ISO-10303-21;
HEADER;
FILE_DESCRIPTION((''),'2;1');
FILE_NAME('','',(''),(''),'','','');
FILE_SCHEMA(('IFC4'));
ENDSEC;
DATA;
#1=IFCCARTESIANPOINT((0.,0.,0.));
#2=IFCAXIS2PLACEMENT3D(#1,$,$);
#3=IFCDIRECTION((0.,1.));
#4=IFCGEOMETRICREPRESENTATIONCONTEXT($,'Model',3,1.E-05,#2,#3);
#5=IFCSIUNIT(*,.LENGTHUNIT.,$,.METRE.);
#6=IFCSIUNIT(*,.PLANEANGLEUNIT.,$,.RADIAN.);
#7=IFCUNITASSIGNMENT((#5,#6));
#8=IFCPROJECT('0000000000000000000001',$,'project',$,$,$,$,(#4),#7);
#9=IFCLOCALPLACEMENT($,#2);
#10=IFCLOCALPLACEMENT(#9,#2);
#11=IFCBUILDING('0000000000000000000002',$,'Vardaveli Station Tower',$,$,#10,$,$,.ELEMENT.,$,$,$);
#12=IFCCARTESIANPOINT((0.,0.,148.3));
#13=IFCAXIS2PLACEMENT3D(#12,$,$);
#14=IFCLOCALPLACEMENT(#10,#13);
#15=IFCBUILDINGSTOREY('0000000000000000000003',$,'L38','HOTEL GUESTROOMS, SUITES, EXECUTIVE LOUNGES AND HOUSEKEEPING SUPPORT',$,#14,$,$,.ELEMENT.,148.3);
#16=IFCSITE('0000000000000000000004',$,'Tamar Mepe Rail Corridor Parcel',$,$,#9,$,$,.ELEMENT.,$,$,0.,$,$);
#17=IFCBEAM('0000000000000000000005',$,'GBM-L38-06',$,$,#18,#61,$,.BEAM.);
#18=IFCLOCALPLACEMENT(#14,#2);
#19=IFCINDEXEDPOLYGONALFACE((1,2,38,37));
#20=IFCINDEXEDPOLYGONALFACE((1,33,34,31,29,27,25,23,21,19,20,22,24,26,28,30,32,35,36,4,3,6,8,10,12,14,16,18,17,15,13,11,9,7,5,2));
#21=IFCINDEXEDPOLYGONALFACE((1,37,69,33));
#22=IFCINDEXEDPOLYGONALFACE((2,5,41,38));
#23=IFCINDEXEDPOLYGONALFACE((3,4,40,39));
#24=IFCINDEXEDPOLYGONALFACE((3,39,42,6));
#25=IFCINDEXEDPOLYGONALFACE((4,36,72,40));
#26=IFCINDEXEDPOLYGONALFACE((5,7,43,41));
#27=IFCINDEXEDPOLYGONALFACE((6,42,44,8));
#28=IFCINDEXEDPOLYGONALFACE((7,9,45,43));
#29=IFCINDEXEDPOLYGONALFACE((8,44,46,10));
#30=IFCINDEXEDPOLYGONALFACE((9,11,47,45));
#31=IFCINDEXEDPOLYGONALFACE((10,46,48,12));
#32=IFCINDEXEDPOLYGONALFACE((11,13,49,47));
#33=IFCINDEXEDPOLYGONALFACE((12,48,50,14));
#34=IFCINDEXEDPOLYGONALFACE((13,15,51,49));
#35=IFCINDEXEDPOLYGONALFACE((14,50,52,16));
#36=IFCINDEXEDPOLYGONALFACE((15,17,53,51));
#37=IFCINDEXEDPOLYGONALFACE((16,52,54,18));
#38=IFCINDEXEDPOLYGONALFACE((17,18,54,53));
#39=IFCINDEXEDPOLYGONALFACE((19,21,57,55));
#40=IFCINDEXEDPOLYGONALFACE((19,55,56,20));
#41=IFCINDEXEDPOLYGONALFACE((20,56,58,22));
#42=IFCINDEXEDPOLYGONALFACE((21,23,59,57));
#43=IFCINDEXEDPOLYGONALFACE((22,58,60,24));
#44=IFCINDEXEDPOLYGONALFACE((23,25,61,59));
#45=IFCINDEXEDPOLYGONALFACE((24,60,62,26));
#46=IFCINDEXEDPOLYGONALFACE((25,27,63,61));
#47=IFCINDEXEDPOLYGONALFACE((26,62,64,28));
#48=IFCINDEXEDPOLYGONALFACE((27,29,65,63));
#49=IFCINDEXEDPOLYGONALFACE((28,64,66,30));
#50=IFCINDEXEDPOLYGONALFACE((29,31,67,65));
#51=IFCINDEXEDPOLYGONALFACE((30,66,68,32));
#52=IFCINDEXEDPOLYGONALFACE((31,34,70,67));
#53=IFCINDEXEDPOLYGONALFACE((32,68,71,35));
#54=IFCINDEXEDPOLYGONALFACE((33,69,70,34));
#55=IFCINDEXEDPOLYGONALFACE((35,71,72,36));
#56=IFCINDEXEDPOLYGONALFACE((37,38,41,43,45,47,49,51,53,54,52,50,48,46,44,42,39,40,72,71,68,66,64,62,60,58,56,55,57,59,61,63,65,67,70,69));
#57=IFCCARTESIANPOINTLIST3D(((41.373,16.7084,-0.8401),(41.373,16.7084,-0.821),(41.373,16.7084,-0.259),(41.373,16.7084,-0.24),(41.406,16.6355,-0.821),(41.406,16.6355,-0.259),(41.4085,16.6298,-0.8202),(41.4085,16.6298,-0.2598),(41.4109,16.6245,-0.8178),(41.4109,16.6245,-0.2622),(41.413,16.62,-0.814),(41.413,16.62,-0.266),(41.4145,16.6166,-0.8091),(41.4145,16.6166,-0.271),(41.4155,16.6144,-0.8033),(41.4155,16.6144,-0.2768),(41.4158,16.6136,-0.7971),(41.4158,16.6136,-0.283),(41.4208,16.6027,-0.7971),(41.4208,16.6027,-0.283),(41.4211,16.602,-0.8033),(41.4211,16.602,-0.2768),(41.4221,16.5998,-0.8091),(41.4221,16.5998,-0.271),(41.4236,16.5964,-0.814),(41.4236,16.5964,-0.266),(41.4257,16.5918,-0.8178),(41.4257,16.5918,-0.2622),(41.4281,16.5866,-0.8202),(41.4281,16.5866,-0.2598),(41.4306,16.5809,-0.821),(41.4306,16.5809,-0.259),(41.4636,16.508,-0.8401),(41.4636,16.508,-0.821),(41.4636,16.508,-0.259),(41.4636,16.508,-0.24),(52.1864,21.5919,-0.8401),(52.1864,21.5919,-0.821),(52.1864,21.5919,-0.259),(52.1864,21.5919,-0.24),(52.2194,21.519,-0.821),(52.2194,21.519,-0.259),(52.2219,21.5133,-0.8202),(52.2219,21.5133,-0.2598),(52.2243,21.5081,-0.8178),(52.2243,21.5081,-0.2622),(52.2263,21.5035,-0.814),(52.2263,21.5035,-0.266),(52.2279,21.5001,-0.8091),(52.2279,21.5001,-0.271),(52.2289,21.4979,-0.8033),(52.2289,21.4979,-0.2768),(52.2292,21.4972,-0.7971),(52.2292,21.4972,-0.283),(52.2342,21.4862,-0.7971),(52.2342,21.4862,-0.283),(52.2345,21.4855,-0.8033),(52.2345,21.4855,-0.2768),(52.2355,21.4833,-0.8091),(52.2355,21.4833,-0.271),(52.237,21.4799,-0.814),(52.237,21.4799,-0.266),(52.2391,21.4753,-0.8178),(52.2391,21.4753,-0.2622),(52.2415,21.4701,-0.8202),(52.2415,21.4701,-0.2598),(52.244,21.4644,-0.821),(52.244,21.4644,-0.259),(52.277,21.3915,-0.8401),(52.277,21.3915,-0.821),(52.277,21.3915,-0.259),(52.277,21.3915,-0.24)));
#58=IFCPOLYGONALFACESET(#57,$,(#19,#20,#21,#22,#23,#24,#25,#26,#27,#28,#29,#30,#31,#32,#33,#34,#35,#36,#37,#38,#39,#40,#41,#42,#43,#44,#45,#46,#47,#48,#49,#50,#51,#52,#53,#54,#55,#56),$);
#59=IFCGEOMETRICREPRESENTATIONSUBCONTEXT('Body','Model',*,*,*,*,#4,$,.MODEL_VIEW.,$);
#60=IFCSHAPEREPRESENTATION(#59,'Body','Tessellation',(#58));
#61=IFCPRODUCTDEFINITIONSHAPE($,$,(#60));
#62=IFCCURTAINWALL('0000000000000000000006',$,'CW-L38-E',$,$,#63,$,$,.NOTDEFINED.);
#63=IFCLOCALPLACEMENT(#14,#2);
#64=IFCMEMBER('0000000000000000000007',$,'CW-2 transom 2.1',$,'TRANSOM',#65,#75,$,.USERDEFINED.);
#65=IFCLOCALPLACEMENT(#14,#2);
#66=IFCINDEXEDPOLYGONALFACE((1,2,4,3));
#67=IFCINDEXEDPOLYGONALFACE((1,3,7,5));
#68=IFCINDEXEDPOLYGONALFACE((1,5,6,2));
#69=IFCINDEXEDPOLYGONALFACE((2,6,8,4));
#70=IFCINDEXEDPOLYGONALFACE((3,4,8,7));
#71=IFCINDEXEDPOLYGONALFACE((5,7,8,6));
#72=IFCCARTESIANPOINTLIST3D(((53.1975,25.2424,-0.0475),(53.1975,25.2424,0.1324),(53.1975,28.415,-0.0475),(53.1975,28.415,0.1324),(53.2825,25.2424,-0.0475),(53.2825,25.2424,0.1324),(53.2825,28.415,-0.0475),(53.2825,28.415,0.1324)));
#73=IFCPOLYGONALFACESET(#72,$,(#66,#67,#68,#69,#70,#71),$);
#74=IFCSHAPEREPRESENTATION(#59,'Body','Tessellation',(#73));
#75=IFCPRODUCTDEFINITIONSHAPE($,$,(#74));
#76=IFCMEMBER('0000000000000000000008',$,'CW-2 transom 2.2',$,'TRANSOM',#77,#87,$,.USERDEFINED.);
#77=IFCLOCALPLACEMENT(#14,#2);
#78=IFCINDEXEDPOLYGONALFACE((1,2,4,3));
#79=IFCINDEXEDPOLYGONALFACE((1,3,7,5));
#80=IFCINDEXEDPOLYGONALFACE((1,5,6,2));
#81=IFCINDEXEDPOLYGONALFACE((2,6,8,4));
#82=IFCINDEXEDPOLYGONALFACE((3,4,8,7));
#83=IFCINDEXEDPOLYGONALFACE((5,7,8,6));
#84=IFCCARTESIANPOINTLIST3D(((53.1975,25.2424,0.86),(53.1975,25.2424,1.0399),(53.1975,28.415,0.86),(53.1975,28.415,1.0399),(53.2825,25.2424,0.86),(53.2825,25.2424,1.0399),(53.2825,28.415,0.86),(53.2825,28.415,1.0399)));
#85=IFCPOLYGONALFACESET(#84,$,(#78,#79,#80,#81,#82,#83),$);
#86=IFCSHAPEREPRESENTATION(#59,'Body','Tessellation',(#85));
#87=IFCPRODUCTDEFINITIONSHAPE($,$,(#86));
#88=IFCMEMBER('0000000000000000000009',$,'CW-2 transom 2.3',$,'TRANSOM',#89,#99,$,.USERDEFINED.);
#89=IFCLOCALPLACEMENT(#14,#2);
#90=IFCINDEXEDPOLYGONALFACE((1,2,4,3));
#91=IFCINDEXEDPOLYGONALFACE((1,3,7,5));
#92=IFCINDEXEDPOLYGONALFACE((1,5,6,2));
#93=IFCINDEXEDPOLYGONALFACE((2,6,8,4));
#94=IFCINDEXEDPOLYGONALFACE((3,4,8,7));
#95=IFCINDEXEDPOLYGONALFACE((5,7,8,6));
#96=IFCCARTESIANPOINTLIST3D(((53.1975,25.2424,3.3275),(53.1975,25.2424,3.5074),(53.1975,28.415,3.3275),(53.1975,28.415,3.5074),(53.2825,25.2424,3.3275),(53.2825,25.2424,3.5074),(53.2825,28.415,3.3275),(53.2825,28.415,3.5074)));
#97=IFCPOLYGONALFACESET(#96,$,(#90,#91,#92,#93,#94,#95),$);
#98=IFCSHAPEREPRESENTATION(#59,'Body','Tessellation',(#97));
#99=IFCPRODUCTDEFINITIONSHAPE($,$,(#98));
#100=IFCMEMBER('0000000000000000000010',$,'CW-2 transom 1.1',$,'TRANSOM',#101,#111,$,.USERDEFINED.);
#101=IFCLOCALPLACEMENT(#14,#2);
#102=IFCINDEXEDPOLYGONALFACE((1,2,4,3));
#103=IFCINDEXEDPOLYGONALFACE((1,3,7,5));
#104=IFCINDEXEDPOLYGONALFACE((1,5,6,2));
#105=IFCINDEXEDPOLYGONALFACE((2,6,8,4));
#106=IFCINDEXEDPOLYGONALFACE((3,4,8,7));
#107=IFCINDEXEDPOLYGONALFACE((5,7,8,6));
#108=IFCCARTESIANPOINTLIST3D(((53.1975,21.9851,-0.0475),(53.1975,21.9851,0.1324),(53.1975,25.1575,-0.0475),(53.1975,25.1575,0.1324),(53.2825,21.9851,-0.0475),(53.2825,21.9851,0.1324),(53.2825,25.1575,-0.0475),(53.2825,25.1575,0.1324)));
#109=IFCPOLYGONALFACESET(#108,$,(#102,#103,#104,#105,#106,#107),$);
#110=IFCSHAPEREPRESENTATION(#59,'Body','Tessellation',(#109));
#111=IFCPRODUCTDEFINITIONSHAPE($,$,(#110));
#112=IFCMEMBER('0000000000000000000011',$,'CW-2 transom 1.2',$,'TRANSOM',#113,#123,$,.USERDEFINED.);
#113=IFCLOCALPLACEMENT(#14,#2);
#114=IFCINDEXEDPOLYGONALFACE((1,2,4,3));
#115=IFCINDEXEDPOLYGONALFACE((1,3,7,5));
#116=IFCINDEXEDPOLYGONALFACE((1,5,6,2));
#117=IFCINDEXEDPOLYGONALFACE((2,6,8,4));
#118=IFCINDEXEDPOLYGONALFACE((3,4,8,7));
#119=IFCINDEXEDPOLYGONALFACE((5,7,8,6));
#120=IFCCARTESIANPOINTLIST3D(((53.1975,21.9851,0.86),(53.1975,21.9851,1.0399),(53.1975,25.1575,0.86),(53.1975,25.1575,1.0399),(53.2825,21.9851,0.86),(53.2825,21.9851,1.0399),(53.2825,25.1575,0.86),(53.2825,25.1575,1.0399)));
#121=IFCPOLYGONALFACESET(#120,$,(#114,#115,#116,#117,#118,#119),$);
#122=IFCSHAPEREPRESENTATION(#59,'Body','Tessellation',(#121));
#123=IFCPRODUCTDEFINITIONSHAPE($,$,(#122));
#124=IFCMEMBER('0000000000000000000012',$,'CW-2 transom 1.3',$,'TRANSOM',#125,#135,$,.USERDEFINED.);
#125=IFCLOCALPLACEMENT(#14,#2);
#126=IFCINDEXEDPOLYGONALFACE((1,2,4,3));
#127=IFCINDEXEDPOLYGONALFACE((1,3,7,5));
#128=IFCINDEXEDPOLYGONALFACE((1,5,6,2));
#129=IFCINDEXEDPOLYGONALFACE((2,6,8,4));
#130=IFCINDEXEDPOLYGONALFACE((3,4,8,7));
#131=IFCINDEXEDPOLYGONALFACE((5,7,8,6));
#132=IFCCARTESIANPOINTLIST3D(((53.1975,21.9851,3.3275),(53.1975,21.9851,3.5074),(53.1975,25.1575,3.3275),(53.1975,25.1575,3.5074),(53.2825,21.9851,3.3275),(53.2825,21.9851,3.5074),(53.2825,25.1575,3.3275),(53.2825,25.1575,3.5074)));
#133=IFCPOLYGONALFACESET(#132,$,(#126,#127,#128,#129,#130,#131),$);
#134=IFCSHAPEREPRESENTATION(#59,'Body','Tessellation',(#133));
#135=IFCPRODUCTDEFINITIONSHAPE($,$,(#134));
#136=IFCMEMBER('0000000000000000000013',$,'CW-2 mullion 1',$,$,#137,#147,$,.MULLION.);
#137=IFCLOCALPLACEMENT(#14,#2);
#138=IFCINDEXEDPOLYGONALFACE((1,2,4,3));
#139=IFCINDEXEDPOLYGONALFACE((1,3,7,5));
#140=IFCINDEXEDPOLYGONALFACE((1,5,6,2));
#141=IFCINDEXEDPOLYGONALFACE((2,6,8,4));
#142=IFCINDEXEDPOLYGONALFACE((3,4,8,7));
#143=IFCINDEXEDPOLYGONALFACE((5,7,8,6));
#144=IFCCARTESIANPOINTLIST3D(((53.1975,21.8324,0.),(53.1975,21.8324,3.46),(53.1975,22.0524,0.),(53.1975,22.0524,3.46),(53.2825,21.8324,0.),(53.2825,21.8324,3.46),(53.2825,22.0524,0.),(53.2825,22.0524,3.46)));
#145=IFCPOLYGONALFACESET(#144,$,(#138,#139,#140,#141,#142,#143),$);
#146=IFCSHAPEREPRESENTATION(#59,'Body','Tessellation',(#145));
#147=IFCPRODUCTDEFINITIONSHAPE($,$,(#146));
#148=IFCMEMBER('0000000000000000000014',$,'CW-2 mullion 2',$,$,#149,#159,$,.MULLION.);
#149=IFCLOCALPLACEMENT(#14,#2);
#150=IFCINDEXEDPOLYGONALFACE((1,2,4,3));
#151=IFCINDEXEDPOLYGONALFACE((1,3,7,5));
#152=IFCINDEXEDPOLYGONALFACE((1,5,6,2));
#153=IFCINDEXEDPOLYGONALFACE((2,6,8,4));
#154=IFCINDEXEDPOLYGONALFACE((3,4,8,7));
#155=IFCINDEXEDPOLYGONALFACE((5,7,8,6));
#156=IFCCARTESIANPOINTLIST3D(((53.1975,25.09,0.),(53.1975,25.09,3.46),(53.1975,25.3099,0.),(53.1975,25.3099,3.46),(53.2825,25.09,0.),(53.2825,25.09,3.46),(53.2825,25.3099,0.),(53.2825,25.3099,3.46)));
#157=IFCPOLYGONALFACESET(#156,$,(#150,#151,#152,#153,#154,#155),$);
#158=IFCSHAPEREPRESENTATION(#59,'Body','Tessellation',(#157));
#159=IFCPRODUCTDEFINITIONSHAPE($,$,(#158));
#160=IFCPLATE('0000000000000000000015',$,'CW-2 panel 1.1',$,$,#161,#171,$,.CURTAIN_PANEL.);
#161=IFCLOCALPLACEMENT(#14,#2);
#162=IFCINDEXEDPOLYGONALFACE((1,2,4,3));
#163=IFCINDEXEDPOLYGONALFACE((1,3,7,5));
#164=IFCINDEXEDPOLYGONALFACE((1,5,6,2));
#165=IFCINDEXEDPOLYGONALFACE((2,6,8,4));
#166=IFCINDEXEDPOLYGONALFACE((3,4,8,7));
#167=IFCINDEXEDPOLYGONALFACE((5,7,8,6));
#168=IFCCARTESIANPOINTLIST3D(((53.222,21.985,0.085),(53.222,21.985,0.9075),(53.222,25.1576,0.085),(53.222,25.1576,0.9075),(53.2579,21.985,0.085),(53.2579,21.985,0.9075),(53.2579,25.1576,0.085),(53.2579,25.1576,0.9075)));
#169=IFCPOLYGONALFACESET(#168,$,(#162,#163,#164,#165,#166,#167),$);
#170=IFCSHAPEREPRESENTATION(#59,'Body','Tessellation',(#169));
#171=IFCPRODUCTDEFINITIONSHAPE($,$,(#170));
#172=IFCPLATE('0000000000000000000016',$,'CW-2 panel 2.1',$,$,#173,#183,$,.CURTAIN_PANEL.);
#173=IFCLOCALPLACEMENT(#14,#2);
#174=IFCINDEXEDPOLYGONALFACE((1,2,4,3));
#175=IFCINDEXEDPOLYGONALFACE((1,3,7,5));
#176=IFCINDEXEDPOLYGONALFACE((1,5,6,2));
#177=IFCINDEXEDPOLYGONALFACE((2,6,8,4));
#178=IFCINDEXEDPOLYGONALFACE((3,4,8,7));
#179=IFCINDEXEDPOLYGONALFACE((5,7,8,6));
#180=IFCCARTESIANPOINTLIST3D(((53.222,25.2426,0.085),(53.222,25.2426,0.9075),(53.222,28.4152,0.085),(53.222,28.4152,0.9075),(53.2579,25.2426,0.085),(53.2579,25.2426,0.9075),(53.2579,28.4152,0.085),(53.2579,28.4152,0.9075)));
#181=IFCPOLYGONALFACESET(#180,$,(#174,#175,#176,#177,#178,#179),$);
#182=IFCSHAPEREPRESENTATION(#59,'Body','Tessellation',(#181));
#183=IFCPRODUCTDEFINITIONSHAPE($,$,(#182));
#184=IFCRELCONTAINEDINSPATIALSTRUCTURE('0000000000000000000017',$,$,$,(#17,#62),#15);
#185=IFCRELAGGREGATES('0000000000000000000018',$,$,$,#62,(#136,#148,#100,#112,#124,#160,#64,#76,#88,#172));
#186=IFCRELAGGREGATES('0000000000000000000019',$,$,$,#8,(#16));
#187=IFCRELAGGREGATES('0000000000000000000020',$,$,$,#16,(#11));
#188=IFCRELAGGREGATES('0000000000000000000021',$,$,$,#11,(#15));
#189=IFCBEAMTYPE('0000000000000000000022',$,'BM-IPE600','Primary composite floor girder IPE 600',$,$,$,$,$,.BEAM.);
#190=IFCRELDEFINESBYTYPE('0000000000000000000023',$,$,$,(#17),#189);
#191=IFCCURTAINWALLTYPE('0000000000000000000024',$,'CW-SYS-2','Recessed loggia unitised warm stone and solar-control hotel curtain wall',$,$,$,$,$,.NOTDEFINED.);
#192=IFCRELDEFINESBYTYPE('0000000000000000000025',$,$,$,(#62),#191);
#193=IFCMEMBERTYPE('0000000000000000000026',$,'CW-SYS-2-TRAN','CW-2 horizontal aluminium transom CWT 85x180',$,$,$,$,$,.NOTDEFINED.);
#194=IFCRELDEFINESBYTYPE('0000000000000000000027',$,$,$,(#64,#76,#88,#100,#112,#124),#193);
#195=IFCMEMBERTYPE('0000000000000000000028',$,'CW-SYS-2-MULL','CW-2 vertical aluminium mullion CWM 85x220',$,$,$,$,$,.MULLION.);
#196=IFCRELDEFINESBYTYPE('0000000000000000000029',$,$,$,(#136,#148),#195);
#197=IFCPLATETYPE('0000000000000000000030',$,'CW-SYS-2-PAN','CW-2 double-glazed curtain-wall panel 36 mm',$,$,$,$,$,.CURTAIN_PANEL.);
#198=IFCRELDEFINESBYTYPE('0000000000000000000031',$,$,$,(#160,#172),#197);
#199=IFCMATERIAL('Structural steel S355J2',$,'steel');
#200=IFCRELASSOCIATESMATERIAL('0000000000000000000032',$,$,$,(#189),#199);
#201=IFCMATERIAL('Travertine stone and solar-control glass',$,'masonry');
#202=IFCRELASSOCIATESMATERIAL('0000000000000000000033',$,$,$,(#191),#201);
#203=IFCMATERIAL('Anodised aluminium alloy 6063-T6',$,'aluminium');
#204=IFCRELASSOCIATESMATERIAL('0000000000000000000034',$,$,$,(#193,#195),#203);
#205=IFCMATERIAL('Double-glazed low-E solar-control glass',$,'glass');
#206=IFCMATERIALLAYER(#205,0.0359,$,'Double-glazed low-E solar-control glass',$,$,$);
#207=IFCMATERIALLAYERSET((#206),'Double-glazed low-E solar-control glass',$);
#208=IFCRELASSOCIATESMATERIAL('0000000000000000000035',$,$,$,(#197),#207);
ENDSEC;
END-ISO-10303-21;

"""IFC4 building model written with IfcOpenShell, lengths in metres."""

from ifc_helpers import new_model, si_unit, direction, frame, origin, origin_2d, place, context, subcontext, project, spatial, rectangle, i_section, extrude, source, transform, mapped, material, layer, layer_set, material_profile, profile_set, type_object, element, aggregate, save


model = new_model("IFC4")

# Units and contexts
model_context = context("Model", 3, precision=1e-05, world=origin(), true_north=direction((0.0, 1.0)))
body_context = subcontext(model_context, "Body", "Model", "MODEL_VIEW")
ifc_project = project(units=[si_unit("LENGTHUNIT", "METRE"), si_unit("PLANEANGLEUNIT", "RADIAN")], contexts=[model_context])

# Site, building, storey
site_placement = place(None, origin())
site = spatial("IfcSite", under=ifc_project, at=site_placement, Name="Tamar Mepe Rail Corridor Parcel", CompositionType="ELEMENT", RefElevation=0.0)
building_placement = place(site_placement, origin())
building = spatial("IfcBuilding", under=site, at=building_placement, Name="Vardaveli Station Tower", CompositionType="ELEMENT")
storey_placement = place(building_placement, frame((0.0, 0.0, 148.3)))
storey = spatial("IfcBuildingStorey", under=building, at=storey_placement, Name="L38", Description="HOTEL GUESTROOMS, SUITES, EXECUTIVE LOUNGES AND HOUSEKEEPING SUPPORT", CompositionType="ELEMENT", Elevation=148.3)

# Beam
ifc_material_1 = material(Name="Structural steel S355J2", Category="steel")
ifc_material_profile_1 = material_profile(ifc_material_1, i_section(OverallWidth=0.22, OverallDepth=0.6001, WebThickness=0.012, FlangeThickness=0.019, FilletRadius=0.0239, at=origin_2d()), Name="IPE 600")
ifc_profile_set_1 = profile_set([ifc_material_profile_1], Name="Structural steel S355J2")
beam_type_1 = type_object("IfcBeamType", Name="BM-IPE600", Description="Primary composite floor girder IPE 600", PredefinedType="BEAM", material=ifc_profile_set_1)
shared_shape_1 = source(origin(), body_context, "Body", "SweptSolid", [
    extrude(i_section(OverallWidth=0.22, OverallDepth=0.6001, WebThickness=0.012, FlangeThickness=0.019, FilletRadius=0.0239, at=origin_2d()), origin(), (0.0, 0.0, 1.0), 11.865),
])
beam_1_placement = place(storey_placement, frame((52.2317, 21.4917, -0.54), z_axis=(-0.911369, -0.411589, 0.0), x_axis=(0.411589, -0.911369, 0.0)))
element("IfcBeam", 1, at=beam_1_placement, inside=storey, type_object=beam_type_1, Name="GBM-L38-06", PredefinedType="BEAM", context=body_context, shape_type="MappedRepresentation", body=[
    mapped(shared_shape_1, transform((0.0, 0.0, 0.0), scale=1.0)),
])

# Curtain wall, members, plates
ifc_material_2 = material(Name="Travertine stone and solar-control glass", Category="masonry")
curtain_wall_type = type_object("IfcCurtainWallType", Name="CW-SYS-2", Description="Recessed loggia unitised warm stone and solar-control hotel curtain wall", PredefinedType="NOTDEFINED", material=ifc_material_2)
curtain_wall_placement = place(storey_placement, origin())
curtain_wall = element("IfcCurtainWall", 2, at=curtain_wall_placement, inside=storey, type_object=curtain_wall_type, Name="CW-L38-E", PredefinedType="NOTDEFINED")
ifc_material_3 = material(Name="Anodised aluminium alloy 6063-T6", Category="aluminium")
ifc_material_profile_2 = material_profile(ifc_material_3, rectangle(XDim=0.085, YDim=0.1799, at=origin_2d()), Name="CWT 85x180")
ifc_profile_set_2 = profile_set([ifc_material_profile_2], Name="Anodised aluminium alloy 6063-T6")
member_type_1 = type_object("IfcMemberType", Name="CW-SYS-2-TRAN", Description="CW-2 horizontal aluminium transom CWT 85x180", PredefinedType="NOTDEFINED", material=ifc_profile_set_2)
shared_shape_2 = source(origin(), body_context, "Body", "SweptSolid", [
    extrude(rectangle(XDim=0.085, YDim=0.1799, at=origin_2d()), origin(), (0.0, 0.0, 1.0), 3.1726),
])
member_1_placement = place(storey_placement, frame((53.24, 25.2424, 0.0425), z_axis=(0.0, 1.0, 0.0), x_axis=(-1.0, 0.0, 0.0)))
member_1 = element("IfcMember", 3, at=member_1_placement, type_object=member_type_1, Name="CW-2 transom 2.1", ObjectType="TRANSOM", PredefinedType="USERDEFINED", context=body_context, shape_type="MappedRepresentation", body=[
    mapped(shared_shape_2, transform((0.0, 0.0, 0.0), scale=1.0)),
])
member_2_placement = place(storey_placement, frame((53.24, 25.2424, 0.95), z_axis=(0.0, 1.0, 0.0), x_axis=(-1.0, 0.0, 0.0)))
member_2 = element("IfcMember", 4, at=member_2_placement, type_object=member_type_1, Name="CW-2 transom 2.2", ObjectType="TRANSOM", PredefinedType="USERDEFINED", context=body_context, shape_type="MappedRepresentation", body=[
    mapped(shared_shape_2, transform((0.0, 0.0, 0.0), scale=1.0)),
])
member_3_placement = place(storey_placement, frame((53.24, 25.2424, 3.4175), z_axis=(0.0, 1.0, 0.0), x_axis=(-1.0, 0.0, 0.0)))
member_3 = element("IfcMember", 5, at=member_3_placement, type_object=member_type_1, Name="CW-2 transom 2.3", ObjectType="TRANSOM", PredefinedType="USERDEFINED", context=body_context, shape_type="MappedRepresentation", body=[
    mapped(shared_shape_2, transform((0.0, 0.0, 0.0), scale=1.0)),
])
shared_shape_3 = source(origin(), body_context, "Body", "SweptSolid", [
    extrude(rectangle(XDim=0.085, YDim=0.1799, at=origin_2d()), origin(), (0.0, 0.0, 1.0), 3.1724),
])
member_4_placement = place(storey_placement, frame((53.24, 21.9851, 0.0425), z_axis=(0.0, 1.0, 0.0), x_axis=(-1.0, 0.0, 0.0)))
member_4 = element("IfcMember", 6, at=member_4_placement, type_object=member_type_1, Name="CW-2 transom 1.1", ObjectType="TRANSOM", PredefinedType="USERDEFINED", context=body_context, shape_type="MappedRepresentation", body=[
    mapped(shared_shape_3, transform((0.0, 0.0, 0.0), scale=1.0)),
])
member_5_placement = place(storey_placement, frame((53.24, 21.9851, 0.95), z_axis=(0.0, 1.0, 0.0), x_axis=(-1.0, 0.0, 0.0)))
member_5 = element("IfcMember", 7, at=member_5_placement, type_object=member_type_1, Name="CW-2 transom 1.2", ObjectType="TRANSOM", PredefinedType="USERDEFINED", context=body_context, shape_type="MappedRepresentation", body=[
    mapped(shared_shape_3, transform((0.0, 0.0, 0.0), scale=1.0)),
])
member_6_placement = place(storey_placement, frame((53.24, 21.9851, 3.4175), z_axis=(0.0, 1.0, 0.0), x_axis=(-1.0, 0.0, 0.0)))
member_6 = element("IfcMember", 8, at=member_6_placement, type_object=member_type_1, Name="CW-2 transom 1.3", ObjectType="TRANSOM", PredefinedType="USERDEFINED", context=body_context, shape_type="MappedRepresentation", body=[
    mapped(shared_shape_3, transform((0.0, 0.0, 0.0), scale=1.0)),
])
ifc_material_profile_3 = material_profile(ifc_material_3, rectangle(XDim=0.085, YDim=0.22, at=origin_2d()), Name="CWM 85x220")
ifc_profile_set_3 = profile_set([ifc_material_profile_3], Name="Anodised aluminium alloy 6063-T6")
member_type_2 = type_object("IfcMemberType", Name="CW-SYS-2-MULL", Description="CW-2 vertical aluminium mullion CWM 85x220", PredefinedType="MULLION", material=ifc_profile_set_3)
shared_shape_4 = source(origin(), body_context, "Body", "SweptSolid", [
    extrude(rectangle(XDim=0.085, YDim=0.22, at=origin_2d()), origin(), (0.0, 0.0, 1.0), 3.46),
])
member_7_placement = place(storey_placement, frame((53.24, 21.9424, 0.0), z_axis=(0.0, 0.0, 1.0), x_axis=(-1.0, 0.0, 0.0)))
member_7 = element("IfcMember", 9, at=member_7_placement, type_object=member_type_2, Name="CW-2 mullion 1", PredefinedType="MULLION", context=body_context, shape_type="MappedRepresentation", body=[
    mapped(shared_shape_4, transform((0.0, 0.0, 0.0), scale=1.0)),
])
member_8_placement = place(storey_placement, frame((53.24, 25.2, 0.0), z_axis=(0.0, 0.0, 1.0), x_axis=(-1.0, 0.0, 0.0)))
member_8 = element("IfcMember", 10, at=member_8_placement, type_object=member_type_2, Name="CW-2 mullion 2", PredefinedType="MULLION", context=body_context, shape_type="MappedRepresentation", body=[
    mapped(shared_shape_4, transform((0.0, 0.0, 0.0), scale=1.0)),
])
ifc_material_4 = material(Name="Double-glazed low-E solar-control glass", Category="glass")
ifc_layer_1 = layer(ifc_material_4, 0.0359, Name="Double-glazed low-E solar-control glass")
ifc_layer_set_1 = layer_set([ifc_layer_1], Name="Double-glazed low-E solar-control glass")
plate_type = type_object("IfcPlateType", Name="CW-SYS-2-PAN", Description="CW-2 double-glazed curtain-wall panel 36 mm", PredefinedType="CURTAIN_PANEL", material=ifc_layer_set_1)
shared_shape_5 = source(origin(), body_context, "Body", "SweptSolid", [
    extrude(rectangle(XDim=3.1726, YDim=0.0359, at=origin_2d()), origin(), (0.0, 0.0, 1.0), 0.8225),
])
plate_1_placement = place(storey_placement, frame((53.24, 23.5713, 0.085), z_axis=(0.0, 0.0, 1.0), x_axis=(0.0, 1.0, 0.0)))
plate_1 = element("IfcPlate", 11, at=plate_1_placement, type_object=plate_type, Name="CW-2 panel 1.1", PredefinedType="CURTAIN_PANEL", context=body_context, shape_type="MappedRepresentation", body=[
    mapped(shared_shape_5, transform((0.0, 0.0, 0.0), scale=1.0)),
])
plate_2_placement = place(storey_placement, frame((53.24, 26.8289, 0.085), z_axis=(0.0, 0.0, 1.0), x_axis=(0.0, 1.0, 0.0)))
plate_2 = element("IfcPlate", 12, at=plate_2_placement, type_object=plate_type, Name="CW-2 panel 2.1", PredefinedType="CURTAIN_PANEL", context=body_context, shape_type="MappedRepresentation", body=[
    mapped(shared_shape_5, transform((0.0, 0.0, 0.0), scale=1.0)),
])
aggregate(curtain_wall, [member_7, member_8, member_4, member_5, member_6, plate_1, member_1, member_2, member_3, plate_2])

save(model, "model.ifc")
